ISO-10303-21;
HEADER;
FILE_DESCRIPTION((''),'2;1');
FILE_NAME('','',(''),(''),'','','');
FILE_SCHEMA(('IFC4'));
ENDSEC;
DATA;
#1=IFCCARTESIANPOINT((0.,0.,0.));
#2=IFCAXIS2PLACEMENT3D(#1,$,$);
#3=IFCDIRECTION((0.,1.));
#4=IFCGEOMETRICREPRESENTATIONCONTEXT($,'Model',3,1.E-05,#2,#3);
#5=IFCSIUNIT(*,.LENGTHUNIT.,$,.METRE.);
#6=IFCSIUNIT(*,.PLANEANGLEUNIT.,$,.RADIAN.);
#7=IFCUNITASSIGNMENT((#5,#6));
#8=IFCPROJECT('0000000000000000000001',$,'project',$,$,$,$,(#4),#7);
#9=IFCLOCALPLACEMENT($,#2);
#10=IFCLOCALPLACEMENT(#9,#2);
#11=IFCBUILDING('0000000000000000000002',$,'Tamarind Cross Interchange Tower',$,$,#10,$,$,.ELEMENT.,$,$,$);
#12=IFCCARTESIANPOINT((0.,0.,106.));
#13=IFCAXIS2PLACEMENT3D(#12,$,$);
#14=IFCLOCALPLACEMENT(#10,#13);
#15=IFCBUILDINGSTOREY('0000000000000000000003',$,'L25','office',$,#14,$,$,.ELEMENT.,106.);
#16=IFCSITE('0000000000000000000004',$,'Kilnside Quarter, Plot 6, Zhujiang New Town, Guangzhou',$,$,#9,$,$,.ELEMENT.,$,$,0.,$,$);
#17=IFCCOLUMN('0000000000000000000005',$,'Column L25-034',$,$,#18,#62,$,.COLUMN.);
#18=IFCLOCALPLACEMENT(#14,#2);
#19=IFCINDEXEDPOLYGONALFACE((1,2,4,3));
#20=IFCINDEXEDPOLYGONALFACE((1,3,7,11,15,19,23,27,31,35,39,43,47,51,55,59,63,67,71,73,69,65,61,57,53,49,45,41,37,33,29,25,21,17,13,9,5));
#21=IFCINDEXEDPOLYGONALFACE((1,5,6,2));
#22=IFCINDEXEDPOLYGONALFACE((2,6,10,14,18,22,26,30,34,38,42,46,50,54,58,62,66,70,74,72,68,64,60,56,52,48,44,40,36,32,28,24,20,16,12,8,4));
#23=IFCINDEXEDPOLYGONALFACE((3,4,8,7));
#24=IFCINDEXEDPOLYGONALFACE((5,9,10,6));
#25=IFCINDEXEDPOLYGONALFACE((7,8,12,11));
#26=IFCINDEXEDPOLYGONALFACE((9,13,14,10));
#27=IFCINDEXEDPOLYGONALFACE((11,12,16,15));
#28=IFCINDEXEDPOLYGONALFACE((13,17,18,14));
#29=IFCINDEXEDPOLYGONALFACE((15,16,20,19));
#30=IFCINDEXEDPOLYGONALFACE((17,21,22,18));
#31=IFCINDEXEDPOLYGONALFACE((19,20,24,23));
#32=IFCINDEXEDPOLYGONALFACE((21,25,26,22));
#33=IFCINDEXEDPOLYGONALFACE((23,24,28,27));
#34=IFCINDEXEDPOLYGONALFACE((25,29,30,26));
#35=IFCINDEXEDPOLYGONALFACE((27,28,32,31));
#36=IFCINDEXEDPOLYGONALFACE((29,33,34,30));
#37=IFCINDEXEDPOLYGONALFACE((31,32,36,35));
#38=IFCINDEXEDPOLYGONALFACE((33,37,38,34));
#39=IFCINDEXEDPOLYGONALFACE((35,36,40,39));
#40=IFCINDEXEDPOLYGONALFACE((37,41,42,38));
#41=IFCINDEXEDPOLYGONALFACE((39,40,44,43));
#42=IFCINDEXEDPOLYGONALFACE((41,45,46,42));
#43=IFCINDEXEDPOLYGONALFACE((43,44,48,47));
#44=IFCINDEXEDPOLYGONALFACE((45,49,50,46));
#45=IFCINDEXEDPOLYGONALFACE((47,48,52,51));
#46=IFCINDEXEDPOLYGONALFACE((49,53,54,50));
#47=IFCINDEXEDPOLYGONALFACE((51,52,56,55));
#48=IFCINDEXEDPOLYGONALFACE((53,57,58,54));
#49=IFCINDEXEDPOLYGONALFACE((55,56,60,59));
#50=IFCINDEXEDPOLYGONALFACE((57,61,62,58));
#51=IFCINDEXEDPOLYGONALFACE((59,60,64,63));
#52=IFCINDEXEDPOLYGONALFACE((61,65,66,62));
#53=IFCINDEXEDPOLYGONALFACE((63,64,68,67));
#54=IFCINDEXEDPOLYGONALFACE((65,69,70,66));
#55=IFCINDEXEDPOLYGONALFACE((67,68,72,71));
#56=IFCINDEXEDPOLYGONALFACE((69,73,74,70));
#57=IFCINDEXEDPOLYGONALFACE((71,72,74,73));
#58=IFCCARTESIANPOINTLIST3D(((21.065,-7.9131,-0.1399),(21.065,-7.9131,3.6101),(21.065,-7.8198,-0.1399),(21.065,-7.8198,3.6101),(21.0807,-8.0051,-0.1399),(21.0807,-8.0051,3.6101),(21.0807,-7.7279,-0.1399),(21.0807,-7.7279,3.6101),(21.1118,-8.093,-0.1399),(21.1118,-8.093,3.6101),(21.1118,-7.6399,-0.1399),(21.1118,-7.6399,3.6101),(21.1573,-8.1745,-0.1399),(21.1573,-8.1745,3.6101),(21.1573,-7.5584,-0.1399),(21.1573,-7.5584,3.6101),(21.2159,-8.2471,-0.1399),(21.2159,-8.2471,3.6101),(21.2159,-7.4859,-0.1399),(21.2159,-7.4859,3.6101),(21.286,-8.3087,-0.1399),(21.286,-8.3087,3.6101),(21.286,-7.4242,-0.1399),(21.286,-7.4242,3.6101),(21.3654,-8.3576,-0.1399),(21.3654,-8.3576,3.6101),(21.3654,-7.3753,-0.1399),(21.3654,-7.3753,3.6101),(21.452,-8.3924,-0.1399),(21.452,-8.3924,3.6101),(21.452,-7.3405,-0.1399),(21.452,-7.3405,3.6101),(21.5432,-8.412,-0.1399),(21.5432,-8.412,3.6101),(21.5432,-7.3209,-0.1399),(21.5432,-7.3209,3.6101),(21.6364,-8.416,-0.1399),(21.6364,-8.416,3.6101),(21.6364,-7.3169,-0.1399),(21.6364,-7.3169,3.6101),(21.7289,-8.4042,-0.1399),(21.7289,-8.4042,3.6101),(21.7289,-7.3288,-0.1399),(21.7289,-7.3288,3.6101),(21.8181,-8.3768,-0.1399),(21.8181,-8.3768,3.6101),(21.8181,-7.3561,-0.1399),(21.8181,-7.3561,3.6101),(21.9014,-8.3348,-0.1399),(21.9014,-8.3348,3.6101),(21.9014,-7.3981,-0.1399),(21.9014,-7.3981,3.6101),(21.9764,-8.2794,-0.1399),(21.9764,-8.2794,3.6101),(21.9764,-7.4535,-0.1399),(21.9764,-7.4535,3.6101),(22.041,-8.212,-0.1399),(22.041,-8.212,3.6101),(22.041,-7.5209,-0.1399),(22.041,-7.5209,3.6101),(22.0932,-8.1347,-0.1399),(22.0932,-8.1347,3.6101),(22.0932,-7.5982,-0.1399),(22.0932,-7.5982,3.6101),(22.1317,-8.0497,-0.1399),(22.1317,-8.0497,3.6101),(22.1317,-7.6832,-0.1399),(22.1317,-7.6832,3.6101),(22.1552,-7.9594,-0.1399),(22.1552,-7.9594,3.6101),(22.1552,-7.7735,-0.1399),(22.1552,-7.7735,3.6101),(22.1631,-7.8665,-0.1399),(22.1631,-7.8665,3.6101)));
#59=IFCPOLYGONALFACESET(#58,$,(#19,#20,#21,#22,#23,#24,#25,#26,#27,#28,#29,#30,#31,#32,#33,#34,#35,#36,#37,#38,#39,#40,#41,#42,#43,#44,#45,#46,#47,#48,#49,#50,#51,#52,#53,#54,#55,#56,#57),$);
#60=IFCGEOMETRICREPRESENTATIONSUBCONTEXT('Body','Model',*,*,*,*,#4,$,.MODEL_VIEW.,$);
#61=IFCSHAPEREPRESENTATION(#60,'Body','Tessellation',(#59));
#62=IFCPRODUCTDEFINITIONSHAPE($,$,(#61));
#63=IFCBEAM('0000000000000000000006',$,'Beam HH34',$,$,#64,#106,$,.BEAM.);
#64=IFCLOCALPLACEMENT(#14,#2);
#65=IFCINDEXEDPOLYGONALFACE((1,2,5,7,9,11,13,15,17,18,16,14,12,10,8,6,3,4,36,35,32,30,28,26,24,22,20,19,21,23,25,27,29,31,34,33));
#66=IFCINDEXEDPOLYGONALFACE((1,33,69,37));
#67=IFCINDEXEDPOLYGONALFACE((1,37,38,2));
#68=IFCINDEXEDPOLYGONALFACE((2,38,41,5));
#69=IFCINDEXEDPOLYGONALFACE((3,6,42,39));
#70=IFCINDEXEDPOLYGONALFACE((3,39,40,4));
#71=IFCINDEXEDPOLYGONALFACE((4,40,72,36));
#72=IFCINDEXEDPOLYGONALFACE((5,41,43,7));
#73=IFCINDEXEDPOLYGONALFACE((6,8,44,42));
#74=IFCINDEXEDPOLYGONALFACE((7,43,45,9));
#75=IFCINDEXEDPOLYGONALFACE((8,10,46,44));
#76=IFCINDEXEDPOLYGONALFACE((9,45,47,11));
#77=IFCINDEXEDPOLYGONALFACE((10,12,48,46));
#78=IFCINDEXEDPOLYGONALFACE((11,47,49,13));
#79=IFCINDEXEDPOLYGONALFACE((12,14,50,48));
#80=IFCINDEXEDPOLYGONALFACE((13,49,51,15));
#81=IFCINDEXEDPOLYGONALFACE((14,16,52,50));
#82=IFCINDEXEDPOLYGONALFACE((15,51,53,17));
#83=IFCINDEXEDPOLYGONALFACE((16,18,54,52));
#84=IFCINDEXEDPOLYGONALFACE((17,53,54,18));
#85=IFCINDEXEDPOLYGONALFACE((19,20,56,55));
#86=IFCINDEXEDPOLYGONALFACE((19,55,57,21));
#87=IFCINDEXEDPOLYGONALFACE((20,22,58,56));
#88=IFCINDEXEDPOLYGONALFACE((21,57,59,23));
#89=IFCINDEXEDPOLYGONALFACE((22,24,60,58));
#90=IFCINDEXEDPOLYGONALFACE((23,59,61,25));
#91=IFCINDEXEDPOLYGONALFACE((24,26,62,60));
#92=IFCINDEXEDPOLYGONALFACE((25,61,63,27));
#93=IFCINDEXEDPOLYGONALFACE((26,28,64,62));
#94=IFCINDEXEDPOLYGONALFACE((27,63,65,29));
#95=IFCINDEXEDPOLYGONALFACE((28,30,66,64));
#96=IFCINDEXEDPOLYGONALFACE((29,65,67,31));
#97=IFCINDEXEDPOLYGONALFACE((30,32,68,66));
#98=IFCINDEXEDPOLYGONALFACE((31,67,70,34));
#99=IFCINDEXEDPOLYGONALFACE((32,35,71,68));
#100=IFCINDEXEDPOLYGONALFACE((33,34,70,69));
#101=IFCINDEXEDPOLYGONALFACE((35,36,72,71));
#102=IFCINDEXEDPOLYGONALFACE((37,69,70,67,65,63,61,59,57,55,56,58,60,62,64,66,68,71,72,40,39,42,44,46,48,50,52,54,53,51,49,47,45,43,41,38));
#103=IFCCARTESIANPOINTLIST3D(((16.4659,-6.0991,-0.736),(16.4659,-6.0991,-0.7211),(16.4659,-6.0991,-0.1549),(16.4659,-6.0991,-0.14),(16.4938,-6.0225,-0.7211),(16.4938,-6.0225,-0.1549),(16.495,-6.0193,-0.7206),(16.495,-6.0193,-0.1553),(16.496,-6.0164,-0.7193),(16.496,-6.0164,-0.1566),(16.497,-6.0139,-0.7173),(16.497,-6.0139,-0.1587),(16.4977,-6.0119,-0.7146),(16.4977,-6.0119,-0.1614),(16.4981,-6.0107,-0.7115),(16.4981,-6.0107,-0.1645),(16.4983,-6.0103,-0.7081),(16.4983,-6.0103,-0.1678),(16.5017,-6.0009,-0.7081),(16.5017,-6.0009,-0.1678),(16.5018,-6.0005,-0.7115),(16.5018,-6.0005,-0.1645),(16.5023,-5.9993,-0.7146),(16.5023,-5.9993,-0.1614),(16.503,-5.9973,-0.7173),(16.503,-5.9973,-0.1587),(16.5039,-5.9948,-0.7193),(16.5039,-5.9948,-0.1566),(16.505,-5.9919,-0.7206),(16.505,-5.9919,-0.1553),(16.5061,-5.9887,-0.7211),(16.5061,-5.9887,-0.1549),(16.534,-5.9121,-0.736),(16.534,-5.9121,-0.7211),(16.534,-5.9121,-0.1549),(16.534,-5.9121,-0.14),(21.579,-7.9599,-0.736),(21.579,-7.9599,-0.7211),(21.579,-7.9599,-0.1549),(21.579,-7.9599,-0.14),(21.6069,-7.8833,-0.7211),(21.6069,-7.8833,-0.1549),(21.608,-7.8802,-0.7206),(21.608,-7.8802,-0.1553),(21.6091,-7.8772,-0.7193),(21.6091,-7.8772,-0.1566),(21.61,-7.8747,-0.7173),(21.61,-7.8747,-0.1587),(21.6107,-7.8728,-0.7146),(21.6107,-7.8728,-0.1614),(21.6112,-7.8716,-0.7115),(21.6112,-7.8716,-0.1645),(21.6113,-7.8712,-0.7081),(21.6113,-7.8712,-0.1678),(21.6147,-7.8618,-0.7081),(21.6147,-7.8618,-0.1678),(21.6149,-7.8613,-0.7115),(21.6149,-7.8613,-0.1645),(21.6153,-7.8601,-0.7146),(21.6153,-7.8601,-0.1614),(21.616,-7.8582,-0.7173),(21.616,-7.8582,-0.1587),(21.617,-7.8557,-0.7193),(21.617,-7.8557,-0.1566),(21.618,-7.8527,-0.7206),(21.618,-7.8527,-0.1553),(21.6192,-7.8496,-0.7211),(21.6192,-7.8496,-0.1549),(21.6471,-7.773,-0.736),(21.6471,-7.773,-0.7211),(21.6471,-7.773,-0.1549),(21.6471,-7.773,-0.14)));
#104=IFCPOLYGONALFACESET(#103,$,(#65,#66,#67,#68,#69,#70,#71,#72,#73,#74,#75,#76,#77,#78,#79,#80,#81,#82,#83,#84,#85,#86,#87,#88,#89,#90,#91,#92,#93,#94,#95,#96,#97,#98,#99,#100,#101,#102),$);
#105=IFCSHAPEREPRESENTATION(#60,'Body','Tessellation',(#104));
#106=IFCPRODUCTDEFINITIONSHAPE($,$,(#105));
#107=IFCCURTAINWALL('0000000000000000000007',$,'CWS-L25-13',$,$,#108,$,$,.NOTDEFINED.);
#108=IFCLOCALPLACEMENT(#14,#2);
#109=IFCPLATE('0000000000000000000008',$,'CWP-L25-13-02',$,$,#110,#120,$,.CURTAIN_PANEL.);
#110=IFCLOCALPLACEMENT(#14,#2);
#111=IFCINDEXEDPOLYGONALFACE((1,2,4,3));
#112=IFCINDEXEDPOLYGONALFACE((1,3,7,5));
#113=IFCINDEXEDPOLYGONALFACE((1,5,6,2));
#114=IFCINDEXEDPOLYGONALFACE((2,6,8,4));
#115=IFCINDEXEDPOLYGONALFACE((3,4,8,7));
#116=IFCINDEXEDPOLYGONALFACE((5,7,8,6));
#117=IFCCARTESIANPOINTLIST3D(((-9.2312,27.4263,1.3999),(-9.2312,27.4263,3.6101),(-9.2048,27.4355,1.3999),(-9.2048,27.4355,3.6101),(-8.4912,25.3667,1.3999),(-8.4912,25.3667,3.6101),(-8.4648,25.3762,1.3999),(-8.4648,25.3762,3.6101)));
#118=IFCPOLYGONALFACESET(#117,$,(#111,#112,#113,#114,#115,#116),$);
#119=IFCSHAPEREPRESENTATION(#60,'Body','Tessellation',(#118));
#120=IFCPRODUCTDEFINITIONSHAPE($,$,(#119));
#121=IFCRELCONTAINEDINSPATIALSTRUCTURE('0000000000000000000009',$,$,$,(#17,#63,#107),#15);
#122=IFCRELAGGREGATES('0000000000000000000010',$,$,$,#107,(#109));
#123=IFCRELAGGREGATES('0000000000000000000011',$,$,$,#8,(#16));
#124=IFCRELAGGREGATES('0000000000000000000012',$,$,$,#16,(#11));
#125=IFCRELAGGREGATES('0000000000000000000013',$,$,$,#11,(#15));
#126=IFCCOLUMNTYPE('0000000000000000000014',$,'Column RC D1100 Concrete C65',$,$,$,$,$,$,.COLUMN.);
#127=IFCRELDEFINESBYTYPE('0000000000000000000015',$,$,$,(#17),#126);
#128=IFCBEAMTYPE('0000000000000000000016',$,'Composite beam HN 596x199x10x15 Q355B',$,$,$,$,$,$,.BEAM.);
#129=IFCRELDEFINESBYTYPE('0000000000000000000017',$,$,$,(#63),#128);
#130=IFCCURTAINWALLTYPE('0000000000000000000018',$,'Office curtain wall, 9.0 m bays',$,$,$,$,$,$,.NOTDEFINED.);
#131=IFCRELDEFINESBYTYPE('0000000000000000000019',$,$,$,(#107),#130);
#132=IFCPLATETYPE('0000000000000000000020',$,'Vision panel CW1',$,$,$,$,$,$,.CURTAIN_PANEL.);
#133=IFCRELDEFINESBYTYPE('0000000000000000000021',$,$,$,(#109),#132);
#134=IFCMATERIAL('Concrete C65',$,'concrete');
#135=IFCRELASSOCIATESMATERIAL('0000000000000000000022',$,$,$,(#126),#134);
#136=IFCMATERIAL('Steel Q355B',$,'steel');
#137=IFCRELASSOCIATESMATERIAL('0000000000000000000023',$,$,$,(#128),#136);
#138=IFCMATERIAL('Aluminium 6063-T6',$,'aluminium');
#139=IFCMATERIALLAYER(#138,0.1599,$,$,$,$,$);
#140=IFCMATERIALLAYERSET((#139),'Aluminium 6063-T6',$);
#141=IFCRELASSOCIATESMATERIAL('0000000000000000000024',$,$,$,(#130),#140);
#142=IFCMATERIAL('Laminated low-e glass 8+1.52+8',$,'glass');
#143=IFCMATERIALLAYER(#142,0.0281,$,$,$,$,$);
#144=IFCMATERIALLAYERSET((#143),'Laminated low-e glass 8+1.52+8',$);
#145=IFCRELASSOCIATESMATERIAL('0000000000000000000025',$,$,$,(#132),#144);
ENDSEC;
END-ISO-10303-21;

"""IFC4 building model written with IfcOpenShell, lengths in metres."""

from ifc_helpers import new_model, si_unit, direction, frame, origin, origin_2d, place, context, subcontext, project, spatial, polyline, circle, i_section, outline, extrude, material, layer, layer_set, material_profile, profile_set, type_object, element, aggregate, save


model = new_model("IFC4")

# Units and contexts
model_context = context("Model", 3, precision=1e-05, world=origin(), true_north=direction((0.0, 1.0)))
body_context = subcontext(model_context, "Body", "Model", "MODEL_VIEW")
ifc_project = project(units=[si_unit("LENGTHUNIT", "METRE"), si_unit("PLANEANGLEUNIT", "RADIAN")], contexts=[model_context])

# Site, building, storey
site_placement = place(None, origin())
site = spatial("IfcSite", under=ifc_project, at=site_placement, Name="Kilnside Quarter, Plot 6, Zhujiang New Town, Guangzhou", CompositionType="ELEMENT", RefElevation=0.0)
building_placement = place(site_placement, origin())
building = spatial("IfcBuilding", under=site, at=building_placement, Name="Tamarind Cross Interchange Tower", CompositionType="ELEMENT")
storey_placement = place(building_placement, frame((0.0, 0.0, 106.0)))
storey = spatial("IfcBuildingStorey", under=building, at=storey_placement, Name="L25", Description="office", CompositionType="ELEMENT", Elevation=106.0)

# Column
ifc_material_1 = material(Name="Concrete C65", Category="concrete")
ifc_material_profile_1 = material_profile(ifc_material_1, circle(Radius=0.55, at=origin_2d()), Name="RC D1100")
ifc_profile_set_1 = profile_set([ifc_material_profile_1], Name="Concrete C65")
column_type = type_object("IfcColumnType", Name="Column RC D1100 Concrete C65", PredefinedType="COLUMN", material=ifc_profile_set_1)
column_placement = place(storey_placement, frame((21.613, -7.8665, -0.1399), z_axis=(0.0, 0.0, 1.0), x_axis=(1.0, 0.0, 0.0)))
element("IfcColumn", 1, at=column_placement, inside=storey, type_object=column_type, Name="Column L25-034", PredefinedType="COLUMN", context=body_context, shape_type="SweptSolid", body=[
    extrude(circle(Radius=0.55, at=origin_2d()), origin(), (0.0, 0.0, 1.0), 3.75),
])

# Beam
ifc_material_2 = material(Name="Steel Q355B", Category="steel")
ifc_material_profile_2 = material_profile(ifc_material_2, i_section(OverallWidth=0.199, OverallDepth=0.5959, WebThickness=0.01, FlangeThickness=0.0149, FilletRadius=0.0129, at=origin_2d()), Name="HN 596x199x10x15")
ifc_profile_set_2 = profile_set([ifc_material_profile_2], Name="Steel Q355B")
beam_type = type_object("IfcBeamType", Name="Composite beam HN 596x199x10x15 Q355B", PredefinedType="BEAM", material=ifc_profile_set_2)
beam_placement = place(storey_placement, frame((21.613, -7.8665, -0.438), z_axis=(-0.939702, 0.341995, 0.0), x_axis=(-0.341995, -0.939702, 0.0)))
element("IfcBeam", 2, at=beam_placement, inside=storey, type_object=beam_type, Name="Beam HH34", PredefinedType="BEAM", context=body_context, shape_type="SweptSolid", body=[
    extrude(i_section(OverallWidth=0.199, OverallDepth=0.5959, WebThickness=0.01, FlangeThickness=0.0149, FilletRadius=0.0129, at=origin_2d()), origin(), (0.0, 0.0, 1.0), 5.4412),
])

# Curtain wall, plate
ifc_material_3 = material(Name="Aluminium 6063-T6", Category="aluminium")
ifc_layer_1 = layer(ifc_material_3, 0.1599)
ifc_layer_set_1 = layer_set([ifc_layer_1], Name="Aluminium 6063-T6")
curtain_wall_type = type_object("IfcCurtainWallType", Name="Office curtain wall, 9.0 m bays", PredefinedType="NOTDEFINED", material=ifc_layer_set_1)
curtain_wall_placement = place(storey_placement, origin())
curtain_wall = element("IfcCurtainWall", 3, at=curtain_wall_placement, inside=storey, type_object=curtain_wall_type, Name="CWS-L25-13", PredefinedType="NOTDEFINED")
ifc_material_4 = material(Name="Laminated low-e glass 8+1.52+8", Category="glass")
ifc_layer_2 = layer(ifc_material_4, 0.0281)
ifc_layer_set_2 = layer_set([ifc_layer_2], Name="Laminated low-e glass 8+1.52+8")
plate_type = type_object("IfcPlateType", Name="Vision panel CW1", PredefinedType="CURTAIN_PANEL", material=ifc_layer_set_2)
plate_placement = place(storey_placement, frame((0.0, 0.0, 1.3999)))
plate = element("IfcPlate", 4, at=plate_placement, type_object=plate_type, Name="CWP-L25-13-02", PredefinedType="CURTAIN_PANEL", context=body_context, shape_type="SweptSolid", body=[
    extrude(outline(polyline([(-9.2048, 27.4355), (-8.4648, 25.3762), (-8.4912, 25.3667), (-9.2312, 27.4263), (-9.2048, 27.4355)])), origin(), (0.0, 0.0, 1.0), 2.2102),
])
aggregate(curtain_wall, [plate])

save(model, "model.ifc")
